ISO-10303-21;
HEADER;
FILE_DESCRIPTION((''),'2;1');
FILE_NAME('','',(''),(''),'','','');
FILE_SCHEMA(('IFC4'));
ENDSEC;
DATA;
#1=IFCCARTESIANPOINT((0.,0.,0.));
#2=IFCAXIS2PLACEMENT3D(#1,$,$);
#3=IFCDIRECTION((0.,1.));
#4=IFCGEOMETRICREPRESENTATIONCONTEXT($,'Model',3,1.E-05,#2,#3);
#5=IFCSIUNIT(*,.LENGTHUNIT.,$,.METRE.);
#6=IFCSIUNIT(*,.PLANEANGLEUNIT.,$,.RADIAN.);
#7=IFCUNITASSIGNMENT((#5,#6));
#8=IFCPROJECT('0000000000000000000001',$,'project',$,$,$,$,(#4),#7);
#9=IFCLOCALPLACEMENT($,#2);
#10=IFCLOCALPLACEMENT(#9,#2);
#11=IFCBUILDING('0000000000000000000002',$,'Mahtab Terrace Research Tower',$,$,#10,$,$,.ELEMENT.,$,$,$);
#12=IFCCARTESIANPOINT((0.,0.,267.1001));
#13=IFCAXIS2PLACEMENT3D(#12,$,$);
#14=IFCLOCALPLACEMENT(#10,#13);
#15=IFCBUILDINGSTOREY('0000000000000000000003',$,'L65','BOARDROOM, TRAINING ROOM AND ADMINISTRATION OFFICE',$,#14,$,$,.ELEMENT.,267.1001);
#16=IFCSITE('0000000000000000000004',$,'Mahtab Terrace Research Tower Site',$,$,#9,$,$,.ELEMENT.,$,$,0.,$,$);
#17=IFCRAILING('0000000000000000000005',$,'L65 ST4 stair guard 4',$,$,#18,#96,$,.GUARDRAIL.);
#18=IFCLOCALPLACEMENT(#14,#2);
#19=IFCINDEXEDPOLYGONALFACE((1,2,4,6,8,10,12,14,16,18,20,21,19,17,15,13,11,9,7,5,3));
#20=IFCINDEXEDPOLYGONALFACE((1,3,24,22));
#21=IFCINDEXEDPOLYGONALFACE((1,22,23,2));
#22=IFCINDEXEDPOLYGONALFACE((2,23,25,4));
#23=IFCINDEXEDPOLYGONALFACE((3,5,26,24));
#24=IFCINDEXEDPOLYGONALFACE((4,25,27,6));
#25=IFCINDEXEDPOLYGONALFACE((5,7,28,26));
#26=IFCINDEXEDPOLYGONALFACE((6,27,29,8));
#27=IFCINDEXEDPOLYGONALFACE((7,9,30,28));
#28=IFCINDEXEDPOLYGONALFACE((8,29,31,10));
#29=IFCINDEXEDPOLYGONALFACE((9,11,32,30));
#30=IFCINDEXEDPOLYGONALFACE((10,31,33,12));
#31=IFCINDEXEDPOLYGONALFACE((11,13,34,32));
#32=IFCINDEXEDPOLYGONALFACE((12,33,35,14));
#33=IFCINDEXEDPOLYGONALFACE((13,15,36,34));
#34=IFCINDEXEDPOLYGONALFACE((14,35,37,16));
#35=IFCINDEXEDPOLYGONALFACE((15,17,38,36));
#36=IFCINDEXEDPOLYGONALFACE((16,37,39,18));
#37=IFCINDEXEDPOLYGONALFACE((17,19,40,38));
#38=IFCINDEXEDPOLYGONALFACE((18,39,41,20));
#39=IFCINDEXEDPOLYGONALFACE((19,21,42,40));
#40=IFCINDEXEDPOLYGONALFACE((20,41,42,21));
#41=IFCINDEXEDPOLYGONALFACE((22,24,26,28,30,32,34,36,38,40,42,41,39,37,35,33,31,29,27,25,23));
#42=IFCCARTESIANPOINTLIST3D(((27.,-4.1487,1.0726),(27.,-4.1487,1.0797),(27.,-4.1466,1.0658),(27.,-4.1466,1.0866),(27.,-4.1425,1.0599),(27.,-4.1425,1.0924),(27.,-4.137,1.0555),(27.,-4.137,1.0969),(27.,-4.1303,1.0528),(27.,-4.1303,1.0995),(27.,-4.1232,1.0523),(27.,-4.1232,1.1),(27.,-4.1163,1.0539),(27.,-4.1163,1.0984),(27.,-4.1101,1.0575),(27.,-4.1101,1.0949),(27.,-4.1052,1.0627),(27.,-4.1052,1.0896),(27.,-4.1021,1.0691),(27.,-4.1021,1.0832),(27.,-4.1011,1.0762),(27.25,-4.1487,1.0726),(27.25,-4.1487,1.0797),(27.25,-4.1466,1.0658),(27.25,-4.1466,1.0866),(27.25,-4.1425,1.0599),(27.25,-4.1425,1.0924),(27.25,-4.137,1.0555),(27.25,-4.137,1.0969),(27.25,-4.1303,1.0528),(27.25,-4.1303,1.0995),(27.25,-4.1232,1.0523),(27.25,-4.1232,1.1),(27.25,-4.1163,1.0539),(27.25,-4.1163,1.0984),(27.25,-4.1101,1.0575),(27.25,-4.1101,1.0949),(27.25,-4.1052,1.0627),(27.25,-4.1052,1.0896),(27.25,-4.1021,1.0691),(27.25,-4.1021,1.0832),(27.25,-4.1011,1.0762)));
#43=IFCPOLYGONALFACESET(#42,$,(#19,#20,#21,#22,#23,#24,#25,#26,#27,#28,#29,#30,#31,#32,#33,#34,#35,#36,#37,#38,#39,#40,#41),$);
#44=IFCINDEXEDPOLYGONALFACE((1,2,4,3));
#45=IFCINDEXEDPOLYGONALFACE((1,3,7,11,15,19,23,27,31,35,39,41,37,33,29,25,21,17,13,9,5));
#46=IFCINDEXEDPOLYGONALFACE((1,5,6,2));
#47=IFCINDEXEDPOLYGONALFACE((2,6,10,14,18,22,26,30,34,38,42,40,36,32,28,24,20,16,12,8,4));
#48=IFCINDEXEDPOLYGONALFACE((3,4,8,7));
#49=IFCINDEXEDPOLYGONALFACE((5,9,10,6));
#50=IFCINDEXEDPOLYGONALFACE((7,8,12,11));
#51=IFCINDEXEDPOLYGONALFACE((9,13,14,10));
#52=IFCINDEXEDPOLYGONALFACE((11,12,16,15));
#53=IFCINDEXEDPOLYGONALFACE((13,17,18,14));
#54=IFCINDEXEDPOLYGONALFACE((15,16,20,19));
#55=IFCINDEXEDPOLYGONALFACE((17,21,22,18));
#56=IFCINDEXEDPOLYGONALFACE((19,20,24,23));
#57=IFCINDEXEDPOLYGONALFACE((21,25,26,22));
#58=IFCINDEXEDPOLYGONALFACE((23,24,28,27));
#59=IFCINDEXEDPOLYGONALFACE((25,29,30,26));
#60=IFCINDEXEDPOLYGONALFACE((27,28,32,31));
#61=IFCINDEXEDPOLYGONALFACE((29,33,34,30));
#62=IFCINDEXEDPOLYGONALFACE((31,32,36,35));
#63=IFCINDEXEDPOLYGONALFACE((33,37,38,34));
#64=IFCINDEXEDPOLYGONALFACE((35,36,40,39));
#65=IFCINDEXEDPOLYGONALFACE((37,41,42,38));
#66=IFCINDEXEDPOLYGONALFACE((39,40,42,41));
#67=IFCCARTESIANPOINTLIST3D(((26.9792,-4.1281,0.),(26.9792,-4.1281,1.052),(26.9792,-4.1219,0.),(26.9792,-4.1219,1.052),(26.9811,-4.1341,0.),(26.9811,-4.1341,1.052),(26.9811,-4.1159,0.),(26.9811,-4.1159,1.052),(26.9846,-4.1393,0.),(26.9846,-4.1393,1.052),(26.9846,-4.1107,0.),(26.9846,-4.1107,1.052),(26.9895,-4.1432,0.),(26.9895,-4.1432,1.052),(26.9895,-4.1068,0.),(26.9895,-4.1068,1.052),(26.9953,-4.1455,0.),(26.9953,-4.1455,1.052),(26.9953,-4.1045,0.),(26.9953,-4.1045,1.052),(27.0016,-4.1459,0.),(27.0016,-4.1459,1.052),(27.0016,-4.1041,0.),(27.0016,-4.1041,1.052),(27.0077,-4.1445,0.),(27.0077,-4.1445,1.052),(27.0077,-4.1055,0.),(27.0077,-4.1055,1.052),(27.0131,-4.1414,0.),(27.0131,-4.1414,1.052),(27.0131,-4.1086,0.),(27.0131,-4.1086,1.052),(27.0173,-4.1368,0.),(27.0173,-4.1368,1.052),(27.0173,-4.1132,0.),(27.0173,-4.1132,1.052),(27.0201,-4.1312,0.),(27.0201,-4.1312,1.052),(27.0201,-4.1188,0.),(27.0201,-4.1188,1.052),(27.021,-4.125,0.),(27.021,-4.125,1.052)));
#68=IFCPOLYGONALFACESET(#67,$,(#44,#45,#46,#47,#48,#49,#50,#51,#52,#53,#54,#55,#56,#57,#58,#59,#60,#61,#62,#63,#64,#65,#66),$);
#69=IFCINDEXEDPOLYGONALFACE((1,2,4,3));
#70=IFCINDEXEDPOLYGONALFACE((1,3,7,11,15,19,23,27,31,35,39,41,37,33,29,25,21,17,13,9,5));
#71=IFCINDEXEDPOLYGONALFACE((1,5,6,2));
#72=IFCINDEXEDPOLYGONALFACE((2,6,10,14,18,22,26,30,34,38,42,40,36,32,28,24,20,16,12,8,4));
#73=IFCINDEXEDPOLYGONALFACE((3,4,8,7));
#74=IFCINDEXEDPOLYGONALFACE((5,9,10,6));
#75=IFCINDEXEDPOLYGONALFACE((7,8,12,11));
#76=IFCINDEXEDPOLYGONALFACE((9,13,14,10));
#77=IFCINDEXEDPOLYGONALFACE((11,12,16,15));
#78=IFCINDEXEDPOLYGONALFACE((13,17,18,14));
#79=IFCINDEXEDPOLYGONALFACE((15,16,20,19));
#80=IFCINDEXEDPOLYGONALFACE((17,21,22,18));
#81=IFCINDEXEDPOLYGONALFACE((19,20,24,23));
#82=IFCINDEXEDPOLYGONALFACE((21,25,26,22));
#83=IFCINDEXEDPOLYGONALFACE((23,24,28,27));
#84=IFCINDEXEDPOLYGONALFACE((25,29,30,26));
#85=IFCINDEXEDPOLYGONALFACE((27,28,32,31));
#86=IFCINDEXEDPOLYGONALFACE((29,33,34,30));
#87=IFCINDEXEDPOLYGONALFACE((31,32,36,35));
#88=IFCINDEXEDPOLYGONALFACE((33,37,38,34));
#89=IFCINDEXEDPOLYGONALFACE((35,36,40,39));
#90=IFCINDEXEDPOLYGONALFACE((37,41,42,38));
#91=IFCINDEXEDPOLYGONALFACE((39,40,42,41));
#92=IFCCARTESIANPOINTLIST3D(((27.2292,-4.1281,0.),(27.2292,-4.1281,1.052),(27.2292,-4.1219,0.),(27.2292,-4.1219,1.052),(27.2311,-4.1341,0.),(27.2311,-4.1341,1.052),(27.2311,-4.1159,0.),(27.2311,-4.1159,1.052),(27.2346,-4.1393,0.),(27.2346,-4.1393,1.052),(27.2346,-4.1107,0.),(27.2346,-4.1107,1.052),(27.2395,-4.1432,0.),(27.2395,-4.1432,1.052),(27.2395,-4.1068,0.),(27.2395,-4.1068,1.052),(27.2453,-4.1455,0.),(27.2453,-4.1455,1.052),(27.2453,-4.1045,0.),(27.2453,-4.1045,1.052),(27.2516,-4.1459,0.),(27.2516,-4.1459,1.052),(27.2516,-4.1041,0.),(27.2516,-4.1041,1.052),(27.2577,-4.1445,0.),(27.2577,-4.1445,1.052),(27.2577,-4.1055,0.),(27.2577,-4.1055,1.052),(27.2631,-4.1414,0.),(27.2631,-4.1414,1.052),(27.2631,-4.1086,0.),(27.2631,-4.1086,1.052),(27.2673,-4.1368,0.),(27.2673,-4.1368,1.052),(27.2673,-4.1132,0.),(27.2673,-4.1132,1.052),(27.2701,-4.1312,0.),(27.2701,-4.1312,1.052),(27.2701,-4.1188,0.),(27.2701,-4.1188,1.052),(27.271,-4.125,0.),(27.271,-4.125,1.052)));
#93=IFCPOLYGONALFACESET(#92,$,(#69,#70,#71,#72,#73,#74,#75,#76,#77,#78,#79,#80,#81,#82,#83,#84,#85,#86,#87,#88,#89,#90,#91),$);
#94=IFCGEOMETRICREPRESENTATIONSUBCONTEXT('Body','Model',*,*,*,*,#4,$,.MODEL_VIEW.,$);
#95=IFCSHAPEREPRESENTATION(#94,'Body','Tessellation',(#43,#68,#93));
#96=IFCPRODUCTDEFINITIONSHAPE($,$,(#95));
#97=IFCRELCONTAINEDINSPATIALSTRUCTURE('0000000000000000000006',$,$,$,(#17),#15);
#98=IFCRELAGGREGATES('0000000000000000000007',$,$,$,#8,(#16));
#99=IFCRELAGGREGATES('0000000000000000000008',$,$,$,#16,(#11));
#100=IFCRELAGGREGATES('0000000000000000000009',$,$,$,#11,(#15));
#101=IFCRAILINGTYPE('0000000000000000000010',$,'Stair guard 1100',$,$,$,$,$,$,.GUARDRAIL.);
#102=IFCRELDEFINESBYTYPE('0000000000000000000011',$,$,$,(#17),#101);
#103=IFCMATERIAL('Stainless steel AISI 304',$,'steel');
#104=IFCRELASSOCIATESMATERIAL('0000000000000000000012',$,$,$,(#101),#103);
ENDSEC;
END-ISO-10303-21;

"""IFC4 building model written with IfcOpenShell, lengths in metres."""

from ifc_helpers import new_model, si_unit, direction, frame, origin, origin_2d, place, context, subcontext, project, spatial, circle, extrude, material, type_object, element, save


model = new_model("IFC4")

# Units and contexts
model_context = context("Model", 3, precision=1e-05, world=origin(), true_north=direction((0.0, 1.0)))
body_context = subcontext(model_context, "Body", "Model", "MODEL_VIEW")
ifc_project = project(units=[si_unit("LENGTHUNIT", "METRE"), si_unit("PLANEANGLEUNIT", "RADIAN")], contexts=[model_context])

# Site, building, storey
site_placement = place(None, origin())
site = spatial("IfcSite", under=ifc_project, at=site_placement, Name="Mahtab Terrace Research Tower Site", CompositionType="ELEMENT", RefElevation=0.0)
building_placement = place(site_placement, origin())
building = spatial("IfcBuilding", under=site, at=building_placement, Name="Mahtab Terrace Research Tower", CompositionType="ELEMENT")
storey_placement = place(building_placement, frame((0.0, 0.0, 267.1001)))
storey = spatial("IfcBuildingStorey", under=building, at=storey_placement, Name="L65", Description="BOARDROOM, TRAINING ROOM AND ADMINISTRATION OFFICE", CompositionType="ELEMENT", Elevation=267.1001)

# Railing
ifc_material_1 = material(Name="Stainless steel AISI 304", Category="steel")
railing_type_1 = type_object("IfcRailingType", Name="Stair guard 1100", PredefinedType="GUARDRAIL", material=ifc_material_1)
railing_1_placement = place(storey_placement, frame((27.0, -4.125, 0.0)))
element("IfcRailing", 1, at=railing_1_placement, inside=storey, type_object=railing_type_1, Name="L65 ST4 stair guard 4", PredefinedType="GUARDRAIL", context=body_context, shape_type="SweptSolid", body=[
    extrude(circle(Radius=0.0239, at=origin_2d()), frame((0.0, 0.0, 1.0762), z_axis=(1.0, 0.0, 0.0), x_axis=(0.0, 1.0, 0.0)), (0.0, 0.0, 1.0), 0.25),
    extrude(circle(Radius=0.021, at=origin_2d()), origin(), (0.0, 0.0, 1.0), 1.052),
    extrude(circle(Radius=0.021, at=origin_2d()), frame((0.25, 0.0, 0.0)), (0.0, 0.0, 1.0), 1.052),
])

save(model, "model.ifc")
